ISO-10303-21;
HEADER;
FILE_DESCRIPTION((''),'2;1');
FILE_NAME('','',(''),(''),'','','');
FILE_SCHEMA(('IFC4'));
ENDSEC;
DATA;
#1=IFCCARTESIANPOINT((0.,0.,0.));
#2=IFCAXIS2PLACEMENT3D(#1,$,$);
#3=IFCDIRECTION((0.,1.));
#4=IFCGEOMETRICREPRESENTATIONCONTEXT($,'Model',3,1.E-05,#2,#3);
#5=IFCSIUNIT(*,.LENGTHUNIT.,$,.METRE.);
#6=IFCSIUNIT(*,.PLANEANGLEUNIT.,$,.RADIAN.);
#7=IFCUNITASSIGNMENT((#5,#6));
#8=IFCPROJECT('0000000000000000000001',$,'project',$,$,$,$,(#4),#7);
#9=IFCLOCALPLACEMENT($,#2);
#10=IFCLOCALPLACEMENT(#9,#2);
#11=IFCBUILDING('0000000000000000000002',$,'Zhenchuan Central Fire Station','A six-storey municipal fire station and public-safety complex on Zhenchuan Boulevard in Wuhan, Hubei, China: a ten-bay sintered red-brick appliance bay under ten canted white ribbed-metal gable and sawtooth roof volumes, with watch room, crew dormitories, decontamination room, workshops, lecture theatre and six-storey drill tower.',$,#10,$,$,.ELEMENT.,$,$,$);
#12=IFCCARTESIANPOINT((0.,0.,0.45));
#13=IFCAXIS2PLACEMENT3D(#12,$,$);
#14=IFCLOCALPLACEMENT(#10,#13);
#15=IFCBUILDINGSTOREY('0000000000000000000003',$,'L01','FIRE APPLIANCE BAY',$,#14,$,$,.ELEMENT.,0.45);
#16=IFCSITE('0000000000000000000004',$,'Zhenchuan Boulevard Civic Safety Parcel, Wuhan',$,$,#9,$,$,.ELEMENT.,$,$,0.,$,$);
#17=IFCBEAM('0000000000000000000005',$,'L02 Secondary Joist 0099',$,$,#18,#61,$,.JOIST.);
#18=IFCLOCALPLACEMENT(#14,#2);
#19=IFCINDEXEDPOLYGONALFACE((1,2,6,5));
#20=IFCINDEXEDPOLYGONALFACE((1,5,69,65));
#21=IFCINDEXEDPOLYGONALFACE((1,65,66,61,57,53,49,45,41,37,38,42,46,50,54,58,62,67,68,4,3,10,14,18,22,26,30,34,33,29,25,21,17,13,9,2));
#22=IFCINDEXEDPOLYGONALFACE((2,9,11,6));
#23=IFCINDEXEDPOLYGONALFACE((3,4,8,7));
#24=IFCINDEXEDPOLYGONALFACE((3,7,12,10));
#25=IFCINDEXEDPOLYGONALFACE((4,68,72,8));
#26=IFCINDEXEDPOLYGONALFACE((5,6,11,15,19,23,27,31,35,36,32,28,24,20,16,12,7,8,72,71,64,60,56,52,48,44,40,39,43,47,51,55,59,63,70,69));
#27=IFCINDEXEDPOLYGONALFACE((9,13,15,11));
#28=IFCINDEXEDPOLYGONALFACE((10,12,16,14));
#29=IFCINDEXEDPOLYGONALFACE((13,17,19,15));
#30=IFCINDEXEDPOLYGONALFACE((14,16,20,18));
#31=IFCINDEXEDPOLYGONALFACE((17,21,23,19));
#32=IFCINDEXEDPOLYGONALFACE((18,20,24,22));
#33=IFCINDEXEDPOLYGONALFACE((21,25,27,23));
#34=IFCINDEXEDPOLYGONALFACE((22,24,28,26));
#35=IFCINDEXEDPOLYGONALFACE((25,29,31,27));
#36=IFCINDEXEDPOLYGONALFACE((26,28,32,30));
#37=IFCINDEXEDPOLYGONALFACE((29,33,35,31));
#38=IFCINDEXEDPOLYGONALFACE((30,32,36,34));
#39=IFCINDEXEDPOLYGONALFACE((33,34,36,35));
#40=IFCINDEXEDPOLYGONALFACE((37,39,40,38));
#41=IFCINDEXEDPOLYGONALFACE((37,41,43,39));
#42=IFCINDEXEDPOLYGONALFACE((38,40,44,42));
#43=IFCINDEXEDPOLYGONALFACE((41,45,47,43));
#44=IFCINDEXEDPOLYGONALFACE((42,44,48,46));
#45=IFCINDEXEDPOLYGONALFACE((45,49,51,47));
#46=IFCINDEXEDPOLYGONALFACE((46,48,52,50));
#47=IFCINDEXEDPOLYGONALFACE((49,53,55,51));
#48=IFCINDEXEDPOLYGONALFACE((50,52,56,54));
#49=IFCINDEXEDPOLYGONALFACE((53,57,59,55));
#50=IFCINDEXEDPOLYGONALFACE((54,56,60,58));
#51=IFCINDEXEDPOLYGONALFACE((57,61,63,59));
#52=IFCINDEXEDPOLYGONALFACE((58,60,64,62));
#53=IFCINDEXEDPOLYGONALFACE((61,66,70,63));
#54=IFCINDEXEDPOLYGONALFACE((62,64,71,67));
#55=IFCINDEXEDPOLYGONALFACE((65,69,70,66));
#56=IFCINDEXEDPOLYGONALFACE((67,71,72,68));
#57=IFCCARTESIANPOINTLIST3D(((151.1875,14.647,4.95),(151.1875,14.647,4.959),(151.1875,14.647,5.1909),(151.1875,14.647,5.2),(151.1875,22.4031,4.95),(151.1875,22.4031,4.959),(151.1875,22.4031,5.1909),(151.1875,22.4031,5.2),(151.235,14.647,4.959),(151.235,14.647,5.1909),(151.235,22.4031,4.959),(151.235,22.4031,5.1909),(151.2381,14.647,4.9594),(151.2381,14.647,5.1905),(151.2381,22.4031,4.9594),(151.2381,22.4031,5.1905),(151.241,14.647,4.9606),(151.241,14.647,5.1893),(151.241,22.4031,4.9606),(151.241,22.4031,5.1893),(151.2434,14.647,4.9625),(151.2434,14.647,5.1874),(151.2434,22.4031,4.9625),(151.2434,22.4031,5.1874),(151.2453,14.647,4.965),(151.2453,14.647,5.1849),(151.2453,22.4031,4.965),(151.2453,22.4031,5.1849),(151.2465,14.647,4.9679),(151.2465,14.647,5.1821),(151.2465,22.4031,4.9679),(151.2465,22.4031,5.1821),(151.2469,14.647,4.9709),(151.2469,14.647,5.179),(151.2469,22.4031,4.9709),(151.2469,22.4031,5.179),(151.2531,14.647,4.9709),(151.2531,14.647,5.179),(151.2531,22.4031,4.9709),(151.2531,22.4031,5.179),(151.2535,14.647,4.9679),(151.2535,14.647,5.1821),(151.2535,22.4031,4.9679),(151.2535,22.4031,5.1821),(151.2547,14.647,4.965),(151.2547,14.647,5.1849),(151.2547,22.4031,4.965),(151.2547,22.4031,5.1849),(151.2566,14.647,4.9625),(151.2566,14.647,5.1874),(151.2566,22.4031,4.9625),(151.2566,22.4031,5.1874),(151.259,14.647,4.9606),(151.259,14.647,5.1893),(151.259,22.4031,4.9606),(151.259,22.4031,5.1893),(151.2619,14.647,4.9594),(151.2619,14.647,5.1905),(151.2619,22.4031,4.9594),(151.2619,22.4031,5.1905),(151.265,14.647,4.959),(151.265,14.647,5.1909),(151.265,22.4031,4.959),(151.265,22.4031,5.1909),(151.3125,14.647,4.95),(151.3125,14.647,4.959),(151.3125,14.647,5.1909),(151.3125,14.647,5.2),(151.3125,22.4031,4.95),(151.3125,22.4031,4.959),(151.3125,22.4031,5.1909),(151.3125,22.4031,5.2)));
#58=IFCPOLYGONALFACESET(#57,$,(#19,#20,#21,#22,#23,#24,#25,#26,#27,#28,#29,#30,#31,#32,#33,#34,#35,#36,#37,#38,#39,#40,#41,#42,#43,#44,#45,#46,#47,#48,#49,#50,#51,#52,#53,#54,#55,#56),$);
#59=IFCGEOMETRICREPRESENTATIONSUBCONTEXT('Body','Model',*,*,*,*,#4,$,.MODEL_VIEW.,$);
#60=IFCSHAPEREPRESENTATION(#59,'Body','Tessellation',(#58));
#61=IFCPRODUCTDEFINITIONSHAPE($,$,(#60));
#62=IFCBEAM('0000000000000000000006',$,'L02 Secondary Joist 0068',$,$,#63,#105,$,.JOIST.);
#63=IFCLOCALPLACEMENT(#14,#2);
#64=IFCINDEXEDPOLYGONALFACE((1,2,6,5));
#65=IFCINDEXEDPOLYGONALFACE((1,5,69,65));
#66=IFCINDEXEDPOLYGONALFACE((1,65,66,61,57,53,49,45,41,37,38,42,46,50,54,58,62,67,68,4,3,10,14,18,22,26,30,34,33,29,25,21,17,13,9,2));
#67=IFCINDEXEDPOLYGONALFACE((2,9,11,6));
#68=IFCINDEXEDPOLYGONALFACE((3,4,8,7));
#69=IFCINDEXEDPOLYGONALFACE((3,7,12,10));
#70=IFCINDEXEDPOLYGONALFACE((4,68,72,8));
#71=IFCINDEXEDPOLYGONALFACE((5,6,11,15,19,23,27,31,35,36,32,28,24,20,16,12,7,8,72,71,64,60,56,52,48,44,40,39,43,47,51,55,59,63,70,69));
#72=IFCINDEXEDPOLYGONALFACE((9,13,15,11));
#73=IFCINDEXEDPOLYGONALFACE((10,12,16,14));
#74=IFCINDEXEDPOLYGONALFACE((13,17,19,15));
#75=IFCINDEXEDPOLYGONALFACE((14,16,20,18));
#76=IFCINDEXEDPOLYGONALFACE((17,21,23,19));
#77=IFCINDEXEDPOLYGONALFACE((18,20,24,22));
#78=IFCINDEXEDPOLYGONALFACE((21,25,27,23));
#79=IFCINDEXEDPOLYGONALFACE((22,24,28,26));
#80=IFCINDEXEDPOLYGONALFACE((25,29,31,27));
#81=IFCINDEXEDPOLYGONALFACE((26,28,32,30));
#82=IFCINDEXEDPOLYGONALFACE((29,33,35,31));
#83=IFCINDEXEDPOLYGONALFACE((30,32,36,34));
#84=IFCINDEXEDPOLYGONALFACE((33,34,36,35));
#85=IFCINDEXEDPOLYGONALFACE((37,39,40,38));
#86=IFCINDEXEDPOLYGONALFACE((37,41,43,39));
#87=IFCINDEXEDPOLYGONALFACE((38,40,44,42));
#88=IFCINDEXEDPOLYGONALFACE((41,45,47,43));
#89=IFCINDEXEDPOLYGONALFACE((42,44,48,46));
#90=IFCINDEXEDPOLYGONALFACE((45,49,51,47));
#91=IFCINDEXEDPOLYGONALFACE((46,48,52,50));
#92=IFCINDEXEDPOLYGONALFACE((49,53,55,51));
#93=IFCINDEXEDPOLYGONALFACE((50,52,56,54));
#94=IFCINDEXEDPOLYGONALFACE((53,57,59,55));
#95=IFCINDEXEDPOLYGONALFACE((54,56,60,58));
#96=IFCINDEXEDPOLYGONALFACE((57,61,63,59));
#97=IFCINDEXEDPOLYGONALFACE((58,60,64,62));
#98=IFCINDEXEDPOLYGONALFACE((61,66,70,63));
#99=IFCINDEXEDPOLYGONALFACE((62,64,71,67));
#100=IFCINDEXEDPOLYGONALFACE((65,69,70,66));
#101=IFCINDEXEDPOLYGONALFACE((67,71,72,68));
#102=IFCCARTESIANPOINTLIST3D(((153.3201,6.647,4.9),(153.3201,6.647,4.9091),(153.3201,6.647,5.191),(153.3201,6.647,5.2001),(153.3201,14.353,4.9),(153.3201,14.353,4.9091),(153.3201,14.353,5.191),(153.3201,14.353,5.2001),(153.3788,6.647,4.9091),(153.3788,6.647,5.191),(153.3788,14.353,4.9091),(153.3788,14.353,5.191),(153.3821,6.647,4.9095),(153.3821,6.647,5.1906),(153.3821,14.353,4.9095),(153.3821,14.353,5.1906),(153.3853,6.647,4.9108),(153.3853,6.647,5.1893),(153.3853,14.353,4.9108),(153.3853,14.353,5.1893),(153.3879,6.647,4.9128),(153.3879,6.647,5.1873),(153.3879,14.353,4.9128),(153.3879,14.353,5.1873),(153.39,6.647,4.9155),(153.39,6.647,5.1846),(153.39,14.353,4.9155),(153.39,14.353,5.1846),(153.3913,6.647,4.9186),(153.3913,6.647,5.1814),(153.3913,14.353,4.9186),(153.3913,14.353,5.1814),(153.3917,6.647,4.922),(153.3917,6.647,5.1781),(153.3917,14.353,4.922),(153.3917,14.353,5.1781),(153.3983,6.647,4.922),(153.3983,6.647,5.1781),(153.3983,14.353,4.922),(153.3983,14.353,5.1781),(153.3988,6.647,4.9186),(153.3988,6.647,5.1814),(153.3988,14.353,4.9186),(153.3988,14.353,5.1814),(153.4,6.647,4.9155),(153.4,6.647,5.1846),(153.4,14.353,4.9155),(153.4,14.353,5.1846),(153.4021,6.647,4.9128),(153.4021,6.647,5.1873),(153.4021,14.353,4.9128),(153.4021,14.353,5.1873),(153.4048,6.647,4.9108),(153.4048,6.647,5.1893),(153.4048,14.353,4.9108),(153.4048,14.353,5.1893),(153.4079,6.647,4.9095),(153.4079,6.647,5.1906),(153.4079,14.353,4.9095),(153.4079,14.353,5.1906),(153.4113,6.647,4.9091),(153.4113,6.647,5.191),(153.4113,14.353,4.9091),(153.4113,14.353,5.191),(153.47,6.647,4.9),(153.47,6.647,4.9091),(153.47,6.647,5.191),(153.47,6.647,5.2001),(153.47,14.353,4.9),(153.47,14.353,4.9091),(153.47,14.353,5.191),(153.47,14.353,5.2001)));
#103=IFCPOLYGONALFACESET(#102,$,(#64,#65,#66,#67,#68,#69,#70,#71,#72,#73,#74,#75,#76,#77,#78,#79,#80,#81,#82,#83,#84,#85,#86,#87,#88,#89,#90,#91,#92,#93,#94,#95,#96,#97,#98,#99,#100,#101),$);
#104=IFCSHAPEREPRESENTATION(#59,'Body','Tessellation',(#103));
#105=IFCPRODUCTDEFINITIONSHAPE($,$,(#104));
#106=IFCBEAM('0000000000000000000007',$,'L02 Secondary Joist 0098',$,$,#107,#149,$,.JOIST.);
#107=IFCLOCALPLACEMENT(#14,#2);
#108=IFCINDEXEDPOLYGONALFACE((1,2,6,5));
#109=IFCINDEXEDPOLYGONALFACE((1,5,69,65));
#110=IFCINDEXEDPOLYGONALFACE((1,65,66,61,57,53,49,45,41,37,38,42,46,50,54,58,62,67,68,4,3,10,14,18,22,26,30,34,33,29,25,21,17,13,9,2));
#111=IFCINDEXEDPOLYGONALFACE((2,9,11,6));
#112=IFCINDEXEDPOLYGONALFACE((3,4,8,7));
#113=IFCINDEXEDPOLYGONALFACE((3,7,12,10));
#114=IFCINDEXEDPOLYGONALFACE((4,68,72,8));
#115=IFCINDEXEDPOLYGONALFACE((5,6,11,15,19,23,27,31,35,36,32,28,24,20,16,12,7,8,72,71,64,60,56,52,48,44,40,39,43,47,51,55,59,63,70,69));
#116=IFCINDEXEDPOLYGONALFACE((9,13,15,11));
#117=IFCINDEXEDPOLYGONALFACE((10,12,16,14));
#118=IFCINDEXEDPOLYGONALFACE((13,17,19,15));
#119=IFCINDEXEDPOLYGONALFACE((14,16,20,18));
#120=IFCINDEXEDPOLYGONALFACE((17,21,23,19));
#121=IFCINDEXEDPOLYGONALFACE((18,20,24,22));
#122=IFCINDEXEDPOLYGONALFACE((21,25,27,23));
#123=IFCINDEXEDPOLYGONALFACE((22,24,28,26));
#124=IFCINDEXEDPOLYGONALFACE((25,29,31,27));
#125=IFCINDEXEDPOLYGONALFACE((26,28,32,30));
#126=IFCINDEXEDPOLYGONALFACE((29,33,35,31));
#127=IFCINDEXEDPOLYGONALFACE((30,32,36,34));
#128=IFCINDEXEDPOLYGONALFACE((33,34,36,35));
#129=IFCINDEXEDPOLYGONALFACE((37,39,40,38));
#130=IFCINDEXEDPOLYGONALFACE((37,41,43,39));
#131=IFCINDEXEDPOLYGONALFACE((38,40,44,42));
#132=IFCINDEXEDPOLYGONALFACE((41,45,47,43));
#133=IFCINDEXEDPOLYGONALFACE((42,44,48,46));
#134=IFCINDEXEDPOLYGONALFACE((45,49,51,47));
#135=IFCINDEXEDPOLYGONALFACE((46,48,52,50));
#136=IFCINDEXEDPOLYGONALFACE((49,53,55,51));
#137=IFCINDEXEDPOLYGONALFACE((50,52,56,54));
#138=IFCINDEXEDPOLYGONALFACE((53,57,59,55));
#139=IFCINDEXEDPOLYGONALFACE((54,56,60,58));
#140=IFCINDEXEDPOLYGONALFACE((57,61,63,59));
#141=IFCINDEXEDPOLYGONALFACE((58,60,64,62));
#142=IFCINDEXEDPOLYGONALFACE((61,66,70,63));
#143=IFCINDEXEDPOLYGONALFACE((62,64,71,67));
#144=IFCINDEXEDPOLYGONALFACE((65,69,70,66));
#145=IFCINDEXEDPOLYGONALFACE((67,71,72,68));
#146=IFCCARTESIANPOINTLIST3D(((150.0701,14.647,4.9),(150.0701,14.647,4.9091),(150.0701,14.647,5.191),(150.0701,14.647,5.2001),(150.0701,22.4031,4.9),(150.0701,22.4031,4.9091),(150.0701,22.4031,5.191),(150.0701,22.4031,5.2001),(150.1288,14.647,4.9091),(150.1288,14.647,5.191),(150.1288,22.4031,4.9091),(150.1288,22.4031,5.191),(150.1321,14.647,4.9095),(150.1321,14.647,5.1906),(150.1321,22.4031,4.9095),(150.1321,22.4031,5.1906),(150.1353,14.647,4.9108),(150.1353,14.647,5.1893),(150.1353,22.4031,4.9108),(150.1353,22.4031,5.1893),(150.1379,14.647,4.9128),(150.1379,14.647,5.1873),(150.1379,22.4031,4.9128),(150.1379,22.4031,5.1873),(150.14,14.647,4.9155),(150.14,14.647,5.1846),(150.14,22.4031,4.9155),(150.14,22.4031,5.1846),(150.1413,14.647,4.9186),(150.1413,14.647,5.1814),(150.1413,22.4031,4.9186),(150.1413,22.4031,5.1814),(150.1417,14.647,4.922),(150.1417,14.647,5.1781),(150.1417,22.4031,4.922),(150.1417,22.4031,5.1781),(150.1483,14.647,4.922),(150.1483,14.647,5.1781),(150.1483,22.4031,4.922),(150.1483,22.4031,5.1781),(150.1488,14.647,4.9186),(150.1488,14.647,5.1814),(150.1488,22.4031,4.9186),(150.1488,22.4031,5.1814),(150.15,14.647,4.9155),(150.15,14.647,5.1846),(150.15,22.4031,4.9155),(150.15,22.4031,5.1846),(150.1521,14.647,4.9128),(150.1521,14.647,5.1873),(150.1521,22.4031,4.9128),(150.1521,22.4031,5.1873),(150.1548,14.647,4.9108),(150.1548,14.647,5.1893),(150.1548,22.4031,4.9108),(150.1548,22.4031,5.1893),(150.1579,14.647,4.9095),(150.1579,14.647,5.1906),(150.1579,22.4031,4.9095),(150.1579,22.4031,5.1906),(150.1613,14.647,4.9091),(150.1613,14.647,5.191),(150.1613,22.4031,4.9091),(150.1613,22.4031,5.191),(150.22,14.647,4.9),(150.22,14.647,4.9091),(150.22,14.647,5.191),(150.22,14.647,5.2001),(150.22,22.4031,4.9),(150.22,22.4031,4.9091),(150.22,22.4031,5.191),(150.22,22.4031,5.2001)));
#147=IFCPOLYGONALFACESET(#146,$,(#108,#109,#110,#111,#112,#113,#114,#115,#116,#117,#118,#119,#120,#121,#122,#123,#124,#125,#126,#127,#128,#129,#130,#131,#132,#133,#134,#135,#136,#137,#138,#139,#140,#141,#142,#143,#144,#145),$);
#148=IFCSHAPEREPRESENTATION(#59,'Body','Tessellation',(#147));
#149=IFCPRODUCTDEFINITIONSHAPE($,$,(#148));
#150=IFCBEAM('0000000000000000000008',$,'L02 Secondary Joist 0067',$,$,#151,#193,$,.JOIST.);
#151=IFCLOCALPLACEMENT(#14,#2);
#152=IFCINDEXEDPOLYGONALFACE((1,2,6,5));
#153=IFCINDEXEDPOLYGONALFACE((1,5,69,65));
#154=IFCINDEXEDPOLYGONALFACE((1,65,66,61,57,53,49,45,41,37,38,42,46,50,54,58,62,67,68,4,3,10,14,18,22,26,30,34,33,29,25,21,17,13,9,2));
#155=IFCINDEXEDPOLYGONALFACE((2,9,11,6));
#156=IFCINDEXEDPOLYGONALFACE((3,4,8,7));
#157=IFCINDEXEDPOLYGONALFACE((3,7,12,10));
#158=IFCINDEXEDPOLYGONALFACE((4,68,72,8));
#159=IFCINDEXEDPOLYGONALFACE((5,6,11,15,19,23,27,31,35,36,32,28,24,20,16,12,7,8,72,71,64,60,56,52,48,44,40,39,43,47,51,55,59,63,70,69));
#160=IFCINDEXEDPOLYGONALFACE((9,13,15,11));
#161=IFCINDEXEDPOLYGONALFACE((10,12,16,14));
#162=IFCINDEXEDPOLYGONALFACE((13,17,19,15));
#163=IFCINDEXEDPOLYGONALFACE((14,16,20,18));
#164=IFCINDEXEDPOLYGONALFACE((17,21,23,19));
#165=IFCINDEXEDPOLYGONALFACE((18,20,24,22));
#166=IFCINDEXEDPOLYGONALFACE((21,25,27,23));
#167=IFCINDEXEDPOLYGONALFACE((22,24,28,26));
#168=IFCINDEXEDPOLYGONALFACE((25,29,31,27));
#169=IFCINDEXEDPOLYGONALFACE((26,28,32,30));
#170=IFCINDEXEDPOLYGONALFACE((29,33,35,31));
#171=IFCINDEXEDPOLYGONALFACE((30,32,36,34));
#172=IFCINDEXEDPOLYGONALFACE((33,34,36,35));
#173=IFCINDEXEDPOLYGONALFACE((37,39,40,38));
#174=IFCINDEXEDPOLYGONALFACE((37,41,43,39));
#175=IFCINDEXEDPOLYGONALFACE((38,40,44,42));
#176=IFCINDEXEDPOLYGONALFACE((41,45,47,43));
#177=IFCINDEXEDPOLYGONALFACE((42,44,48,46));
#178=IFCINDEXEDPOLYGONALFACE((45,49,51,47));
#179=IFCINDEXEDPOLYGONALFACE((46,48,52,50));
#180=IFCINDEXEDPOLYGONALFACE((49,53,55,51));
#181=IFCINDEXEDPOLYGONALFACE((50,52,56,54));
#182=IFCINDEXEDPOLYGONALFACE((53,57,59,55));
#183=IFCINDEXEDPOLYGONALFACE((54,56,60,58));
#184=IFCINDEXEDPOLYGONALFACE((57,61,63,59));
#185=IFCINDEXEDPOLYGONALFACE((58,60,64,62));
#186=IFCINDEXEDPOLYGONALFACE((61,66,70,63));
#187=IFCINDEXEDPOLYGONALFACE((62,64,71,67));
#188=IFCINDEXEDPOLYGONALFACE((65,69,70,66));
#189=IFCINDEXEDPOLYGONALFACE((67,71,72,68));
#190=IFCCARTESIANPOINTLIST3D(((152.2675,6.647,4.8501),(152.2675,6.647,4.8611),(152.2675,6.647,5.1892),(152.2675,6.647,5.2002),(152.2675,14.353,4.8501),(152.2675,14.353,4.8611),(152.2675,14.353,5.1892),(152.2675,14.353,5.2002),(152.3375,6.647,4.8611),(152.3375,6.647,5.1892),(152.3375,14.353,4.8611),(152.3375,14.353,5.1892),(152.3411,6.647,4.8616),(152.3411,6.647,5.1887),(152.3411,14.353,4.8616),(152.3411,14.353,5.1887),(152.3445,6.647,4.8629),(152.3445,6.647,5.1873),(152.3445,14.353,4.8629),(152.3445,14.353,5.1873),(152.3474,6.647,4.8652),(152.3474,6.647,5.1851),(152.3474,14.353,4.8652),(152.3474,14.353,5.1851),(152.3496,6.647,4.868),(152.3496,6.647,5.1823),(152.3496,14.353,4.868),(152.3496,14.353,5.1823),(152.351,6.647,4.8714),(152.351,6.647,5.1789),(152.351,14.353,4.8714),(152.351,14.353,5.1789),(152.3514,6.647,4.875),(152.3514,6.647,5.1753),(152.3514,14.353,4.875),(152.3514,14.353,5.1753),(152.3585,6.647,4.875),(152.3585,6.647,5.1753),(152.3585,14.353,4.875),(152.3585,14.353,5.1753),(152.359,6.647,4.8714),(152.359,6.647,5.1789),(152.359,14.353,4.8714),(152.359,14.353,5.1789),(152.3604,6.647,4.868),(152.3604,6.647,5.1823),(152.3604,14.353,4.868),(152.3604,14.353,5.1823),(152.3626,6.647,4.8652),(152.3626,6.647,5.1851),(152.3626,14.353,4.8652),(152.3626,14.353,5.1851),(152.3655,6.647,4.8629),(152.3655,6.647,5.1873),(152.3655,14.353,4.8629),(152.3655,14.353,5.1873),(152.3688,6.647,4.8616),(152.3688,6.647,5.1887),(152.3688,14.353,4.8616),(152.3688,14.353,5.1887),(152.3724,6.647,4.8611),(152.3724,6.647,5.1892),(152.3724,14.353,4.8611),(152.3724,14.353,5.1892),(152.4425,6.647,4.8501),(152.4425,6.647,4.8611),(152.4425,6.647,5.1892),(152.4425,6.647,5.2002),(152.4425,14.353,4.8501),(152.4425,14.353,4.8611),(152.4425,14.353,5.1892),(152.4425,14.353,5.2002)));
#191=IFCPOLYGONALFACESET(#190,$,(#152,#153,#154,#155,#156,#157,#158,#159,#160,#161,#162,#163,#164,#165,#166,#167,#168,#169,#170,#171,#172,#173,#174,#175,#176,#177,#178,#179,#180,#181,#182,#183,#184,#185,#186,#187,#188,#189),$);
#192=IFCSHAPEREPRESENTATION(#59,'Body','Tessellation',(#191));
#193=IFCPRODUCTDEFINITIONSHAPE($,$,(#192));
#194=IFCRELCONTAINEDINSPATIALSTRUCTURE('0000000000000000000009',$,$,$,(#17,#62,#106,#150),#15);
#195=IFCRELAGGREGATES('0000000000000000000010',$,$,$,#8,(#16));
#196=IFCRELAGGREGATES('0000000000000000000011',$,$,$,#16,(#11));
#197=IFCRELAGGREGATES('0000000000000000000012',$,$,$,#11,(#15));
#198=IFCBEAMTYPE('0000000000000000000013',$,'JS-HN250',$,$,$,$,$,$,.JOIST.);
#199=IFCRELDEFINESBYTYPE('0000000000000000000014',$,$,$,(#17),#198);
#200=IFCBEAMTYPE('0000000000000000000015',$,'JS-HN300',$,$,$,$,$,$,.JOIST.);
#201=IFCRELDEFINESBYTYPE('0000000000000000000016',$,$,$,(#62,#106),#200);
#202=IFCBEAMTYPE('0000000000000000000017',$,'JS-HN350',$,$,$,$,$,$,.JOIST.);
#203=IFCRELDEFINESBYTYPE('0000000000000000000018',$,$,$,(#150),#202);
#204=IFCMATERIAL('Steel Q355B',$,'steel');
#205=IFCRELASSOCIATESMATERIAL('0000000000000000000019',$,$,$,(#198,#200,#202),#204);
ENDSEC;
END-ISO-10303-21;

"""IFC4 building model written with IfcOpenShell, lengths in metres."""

from ifc_helpers import new_model, si_unit, direction, frame, origin, origin_2d, place, context, subcontext, project, spatial, i_section, extrude, material, material_profile, profile_set, type_object, element, save


model = new_model("IFC4")

# Units and contexts
model_context = context("Model", 3, precision=1e-05, world=origin(), true_north=direction((0.0, 1.0)))
body_context = subcontext(model_context, "Body", "Model", "MODEL_VIEW")
ifc_project = project(units=[si_unit("LENGTHUNIT", "METRE"), si_unit("PLANEANGLEUNIT", "RADIAN")], contexts=[model_context])

# Site, building, storey
site_placement = place(None, origin())
site = spatial("IfcSite", under=ifc_project, at=site_placement, Name="Zhenchuan Boulevard Civic Safety Parcel, Wuhan", CompositionType="ELEMENT", RefElevation=0.0)
building_placement = place(site_placement, origin())
building = spatial("IfcBuilding", under=site, at=building_placement, Name="Zhenchuan Central Fire Station", Description="A six-storey municipal fire station and public-safety complex on Zhenchuan Boulevard in Wuhan, Hubei, China: a ten-bay sintered red-brick appliance bay under ten canted white ribbed-metal gable and sawtooth roof volumes, with watch room, crew dormitories, decontamination room, workshops, lecture theatre and six-storey drill tower.", CompositionType="ELEMENT")
storey_placement = place(building_placement, frame((0.0, 0.0, 0.45)))
storey = spatial("IfcBuildingStorey", under=building, at=storey_placement, Name="L01", Description="FIRE APPLIANCE BAY", CompositionType="ELEMENT", Elevation=0.45)

# Shared definitions
ifc_material_1 = material(Name="Steel Q355B", Category="steel")

# Beams
ifc_material_profile_1 = material_profile(ifc_material_1, i_section(OverallWidth=0.125, OverallDepth=0.25, WebThickness=0.0061, FlangeThickness=0.009, FilletRadius=0.012, at=origin_2d()), Name="HN 250x125")
ifc_profile_set_1 = profile_set([ifc_material_profile_1], Name="Steel Q355B")
beam_type_1 = type_object("IfcBeamType", Name="JS-HN250", PredefinedType="JOIST", material=ifc_profile_set_1)
beam_1_placement = place(storey_placement, frame((151.25, 14.647, 5.075), z_axis=(0.0, 1.0, 0.0), x_axis=(-1.0, 0.0, 0.0)))
element("IfcBeam", 1, at=beam_1_placement, inside=storey, type_object=beam_type_1, Name="L02 Secondary Joist 0099", PredefinedType="JOIST", context=body_context, shape_type="SweptSolid", body=[
    extrude(i_section(OverallWidth=0.125, OverallDepth=0.25, WebThickness=0.0061, FlangeThickness=0.009, FilletRadius=0.012, at=origin_2d()), origin(), (0.0, 0.0, 1.0), 7.7561),
])
ifc_material_profile_2 = material_profile(ifc_material_1, i_section(OverallWidth=0.1499, OverallDepth=0.3, WebThickness=0.0066, FlangeThickness=0.009, FilletRadius=0.0129, at=origin_2d()), Name="HN 300x150")
ifc_profile_set_2 = profile_set([ifc_material_profile_2], Name="Steel Q355B")
beam_type_2 = type_object("IfcBeamType", Name="JS-HN300", PredefinedType="JOIST", material=ifc_profile_set_2)
beam_2_placement = place(storey_placement, frame((153.395, 6.647, 5.05), z_axis=(0.0, 1.0, 0.0), x_axis=(-1.0, 0.0, 0.0)))
element("IfcBeam", 2, at=beam_2_placement, inside=storey, type_object=beam_type_2, Name="L02 Secondary Joist 0068", PredefinedType="JOIST", context=body_context, shape_type="SweptSolid", body=[
    extrude(i_section(OverallWidth=0.1499, OverallDepth=0.3, WebThickness=0.0066, FlangeThickness=0.009, FilletRadius=0.0129, at=origin_2d()), origin(), (0.0, 0.0, 1.0), 7.7061),
])
beam_3_placement = place(storey_placement, frame((150.145, 14.647, 5.05), z_axis=(0.0, 1.0, 0.0), x_axis=(-1.0, 0.0, 0.0)))
element("IfcBeam", 3, at=beam_3_placement, inside=storey, type_object=beam_type_2, Name="L02 Secondary Joist 0098", PredefinedType="JOIST", context=body_context, shape_type="SweptSolid", body=[
    extrude(i_section(OverallWidth=0.1499, OverallDepth=0.3, WebThickness=0.0066, FlangeThickness=0.009, FilletRadius=0.0129, at=origin_2d()), origin(), (0.0, 0.0, 1.0), 7.7561),
])
ifc_material_profile_3 = material_profile(ifc_material_1, i_section(OverallWidth=0.175, OverallDepth=0.3501, WebThickness=0.0071, FlangeThickness=0.011, FilletRadius=0.0139, at=origin_2d()), Name="HN 350x175")
ifc_profile_set_3 = profile_set([ifc_material_profile_3], Name="Steel Q355B")
beam_type_3 = type_object("IfcBeamType", Name="JS-HN350", PredefinedType="JOIST", material=ifc_profile_set_3)
beam_4_placement = place(storey_placement, frame((152.355, 6.647, 5.0251), z_axis=(0.0, 1.0, 0.0), x_axis=(-1.0, 0.0, 0.0)))
element("IfcBeam", 4, at=beam_4_placement, inside=storey, type_object=beam_type_3, Name="L02 Secondary Joist 0067", PredefinedType="JOIST", context=body_context, shape_type="SweptSolid", body=[
    extrude(i_section(OverallWidth=0.175, OverallDepth=0.3501, WebThickness=0.0071, FlangeThickness=0.011, FilletRadius=0.0139, at=origin_2d()), origin(), (0.0, 0.0, 1.0), 7.7061),
])

save(model, "model.ifc")
